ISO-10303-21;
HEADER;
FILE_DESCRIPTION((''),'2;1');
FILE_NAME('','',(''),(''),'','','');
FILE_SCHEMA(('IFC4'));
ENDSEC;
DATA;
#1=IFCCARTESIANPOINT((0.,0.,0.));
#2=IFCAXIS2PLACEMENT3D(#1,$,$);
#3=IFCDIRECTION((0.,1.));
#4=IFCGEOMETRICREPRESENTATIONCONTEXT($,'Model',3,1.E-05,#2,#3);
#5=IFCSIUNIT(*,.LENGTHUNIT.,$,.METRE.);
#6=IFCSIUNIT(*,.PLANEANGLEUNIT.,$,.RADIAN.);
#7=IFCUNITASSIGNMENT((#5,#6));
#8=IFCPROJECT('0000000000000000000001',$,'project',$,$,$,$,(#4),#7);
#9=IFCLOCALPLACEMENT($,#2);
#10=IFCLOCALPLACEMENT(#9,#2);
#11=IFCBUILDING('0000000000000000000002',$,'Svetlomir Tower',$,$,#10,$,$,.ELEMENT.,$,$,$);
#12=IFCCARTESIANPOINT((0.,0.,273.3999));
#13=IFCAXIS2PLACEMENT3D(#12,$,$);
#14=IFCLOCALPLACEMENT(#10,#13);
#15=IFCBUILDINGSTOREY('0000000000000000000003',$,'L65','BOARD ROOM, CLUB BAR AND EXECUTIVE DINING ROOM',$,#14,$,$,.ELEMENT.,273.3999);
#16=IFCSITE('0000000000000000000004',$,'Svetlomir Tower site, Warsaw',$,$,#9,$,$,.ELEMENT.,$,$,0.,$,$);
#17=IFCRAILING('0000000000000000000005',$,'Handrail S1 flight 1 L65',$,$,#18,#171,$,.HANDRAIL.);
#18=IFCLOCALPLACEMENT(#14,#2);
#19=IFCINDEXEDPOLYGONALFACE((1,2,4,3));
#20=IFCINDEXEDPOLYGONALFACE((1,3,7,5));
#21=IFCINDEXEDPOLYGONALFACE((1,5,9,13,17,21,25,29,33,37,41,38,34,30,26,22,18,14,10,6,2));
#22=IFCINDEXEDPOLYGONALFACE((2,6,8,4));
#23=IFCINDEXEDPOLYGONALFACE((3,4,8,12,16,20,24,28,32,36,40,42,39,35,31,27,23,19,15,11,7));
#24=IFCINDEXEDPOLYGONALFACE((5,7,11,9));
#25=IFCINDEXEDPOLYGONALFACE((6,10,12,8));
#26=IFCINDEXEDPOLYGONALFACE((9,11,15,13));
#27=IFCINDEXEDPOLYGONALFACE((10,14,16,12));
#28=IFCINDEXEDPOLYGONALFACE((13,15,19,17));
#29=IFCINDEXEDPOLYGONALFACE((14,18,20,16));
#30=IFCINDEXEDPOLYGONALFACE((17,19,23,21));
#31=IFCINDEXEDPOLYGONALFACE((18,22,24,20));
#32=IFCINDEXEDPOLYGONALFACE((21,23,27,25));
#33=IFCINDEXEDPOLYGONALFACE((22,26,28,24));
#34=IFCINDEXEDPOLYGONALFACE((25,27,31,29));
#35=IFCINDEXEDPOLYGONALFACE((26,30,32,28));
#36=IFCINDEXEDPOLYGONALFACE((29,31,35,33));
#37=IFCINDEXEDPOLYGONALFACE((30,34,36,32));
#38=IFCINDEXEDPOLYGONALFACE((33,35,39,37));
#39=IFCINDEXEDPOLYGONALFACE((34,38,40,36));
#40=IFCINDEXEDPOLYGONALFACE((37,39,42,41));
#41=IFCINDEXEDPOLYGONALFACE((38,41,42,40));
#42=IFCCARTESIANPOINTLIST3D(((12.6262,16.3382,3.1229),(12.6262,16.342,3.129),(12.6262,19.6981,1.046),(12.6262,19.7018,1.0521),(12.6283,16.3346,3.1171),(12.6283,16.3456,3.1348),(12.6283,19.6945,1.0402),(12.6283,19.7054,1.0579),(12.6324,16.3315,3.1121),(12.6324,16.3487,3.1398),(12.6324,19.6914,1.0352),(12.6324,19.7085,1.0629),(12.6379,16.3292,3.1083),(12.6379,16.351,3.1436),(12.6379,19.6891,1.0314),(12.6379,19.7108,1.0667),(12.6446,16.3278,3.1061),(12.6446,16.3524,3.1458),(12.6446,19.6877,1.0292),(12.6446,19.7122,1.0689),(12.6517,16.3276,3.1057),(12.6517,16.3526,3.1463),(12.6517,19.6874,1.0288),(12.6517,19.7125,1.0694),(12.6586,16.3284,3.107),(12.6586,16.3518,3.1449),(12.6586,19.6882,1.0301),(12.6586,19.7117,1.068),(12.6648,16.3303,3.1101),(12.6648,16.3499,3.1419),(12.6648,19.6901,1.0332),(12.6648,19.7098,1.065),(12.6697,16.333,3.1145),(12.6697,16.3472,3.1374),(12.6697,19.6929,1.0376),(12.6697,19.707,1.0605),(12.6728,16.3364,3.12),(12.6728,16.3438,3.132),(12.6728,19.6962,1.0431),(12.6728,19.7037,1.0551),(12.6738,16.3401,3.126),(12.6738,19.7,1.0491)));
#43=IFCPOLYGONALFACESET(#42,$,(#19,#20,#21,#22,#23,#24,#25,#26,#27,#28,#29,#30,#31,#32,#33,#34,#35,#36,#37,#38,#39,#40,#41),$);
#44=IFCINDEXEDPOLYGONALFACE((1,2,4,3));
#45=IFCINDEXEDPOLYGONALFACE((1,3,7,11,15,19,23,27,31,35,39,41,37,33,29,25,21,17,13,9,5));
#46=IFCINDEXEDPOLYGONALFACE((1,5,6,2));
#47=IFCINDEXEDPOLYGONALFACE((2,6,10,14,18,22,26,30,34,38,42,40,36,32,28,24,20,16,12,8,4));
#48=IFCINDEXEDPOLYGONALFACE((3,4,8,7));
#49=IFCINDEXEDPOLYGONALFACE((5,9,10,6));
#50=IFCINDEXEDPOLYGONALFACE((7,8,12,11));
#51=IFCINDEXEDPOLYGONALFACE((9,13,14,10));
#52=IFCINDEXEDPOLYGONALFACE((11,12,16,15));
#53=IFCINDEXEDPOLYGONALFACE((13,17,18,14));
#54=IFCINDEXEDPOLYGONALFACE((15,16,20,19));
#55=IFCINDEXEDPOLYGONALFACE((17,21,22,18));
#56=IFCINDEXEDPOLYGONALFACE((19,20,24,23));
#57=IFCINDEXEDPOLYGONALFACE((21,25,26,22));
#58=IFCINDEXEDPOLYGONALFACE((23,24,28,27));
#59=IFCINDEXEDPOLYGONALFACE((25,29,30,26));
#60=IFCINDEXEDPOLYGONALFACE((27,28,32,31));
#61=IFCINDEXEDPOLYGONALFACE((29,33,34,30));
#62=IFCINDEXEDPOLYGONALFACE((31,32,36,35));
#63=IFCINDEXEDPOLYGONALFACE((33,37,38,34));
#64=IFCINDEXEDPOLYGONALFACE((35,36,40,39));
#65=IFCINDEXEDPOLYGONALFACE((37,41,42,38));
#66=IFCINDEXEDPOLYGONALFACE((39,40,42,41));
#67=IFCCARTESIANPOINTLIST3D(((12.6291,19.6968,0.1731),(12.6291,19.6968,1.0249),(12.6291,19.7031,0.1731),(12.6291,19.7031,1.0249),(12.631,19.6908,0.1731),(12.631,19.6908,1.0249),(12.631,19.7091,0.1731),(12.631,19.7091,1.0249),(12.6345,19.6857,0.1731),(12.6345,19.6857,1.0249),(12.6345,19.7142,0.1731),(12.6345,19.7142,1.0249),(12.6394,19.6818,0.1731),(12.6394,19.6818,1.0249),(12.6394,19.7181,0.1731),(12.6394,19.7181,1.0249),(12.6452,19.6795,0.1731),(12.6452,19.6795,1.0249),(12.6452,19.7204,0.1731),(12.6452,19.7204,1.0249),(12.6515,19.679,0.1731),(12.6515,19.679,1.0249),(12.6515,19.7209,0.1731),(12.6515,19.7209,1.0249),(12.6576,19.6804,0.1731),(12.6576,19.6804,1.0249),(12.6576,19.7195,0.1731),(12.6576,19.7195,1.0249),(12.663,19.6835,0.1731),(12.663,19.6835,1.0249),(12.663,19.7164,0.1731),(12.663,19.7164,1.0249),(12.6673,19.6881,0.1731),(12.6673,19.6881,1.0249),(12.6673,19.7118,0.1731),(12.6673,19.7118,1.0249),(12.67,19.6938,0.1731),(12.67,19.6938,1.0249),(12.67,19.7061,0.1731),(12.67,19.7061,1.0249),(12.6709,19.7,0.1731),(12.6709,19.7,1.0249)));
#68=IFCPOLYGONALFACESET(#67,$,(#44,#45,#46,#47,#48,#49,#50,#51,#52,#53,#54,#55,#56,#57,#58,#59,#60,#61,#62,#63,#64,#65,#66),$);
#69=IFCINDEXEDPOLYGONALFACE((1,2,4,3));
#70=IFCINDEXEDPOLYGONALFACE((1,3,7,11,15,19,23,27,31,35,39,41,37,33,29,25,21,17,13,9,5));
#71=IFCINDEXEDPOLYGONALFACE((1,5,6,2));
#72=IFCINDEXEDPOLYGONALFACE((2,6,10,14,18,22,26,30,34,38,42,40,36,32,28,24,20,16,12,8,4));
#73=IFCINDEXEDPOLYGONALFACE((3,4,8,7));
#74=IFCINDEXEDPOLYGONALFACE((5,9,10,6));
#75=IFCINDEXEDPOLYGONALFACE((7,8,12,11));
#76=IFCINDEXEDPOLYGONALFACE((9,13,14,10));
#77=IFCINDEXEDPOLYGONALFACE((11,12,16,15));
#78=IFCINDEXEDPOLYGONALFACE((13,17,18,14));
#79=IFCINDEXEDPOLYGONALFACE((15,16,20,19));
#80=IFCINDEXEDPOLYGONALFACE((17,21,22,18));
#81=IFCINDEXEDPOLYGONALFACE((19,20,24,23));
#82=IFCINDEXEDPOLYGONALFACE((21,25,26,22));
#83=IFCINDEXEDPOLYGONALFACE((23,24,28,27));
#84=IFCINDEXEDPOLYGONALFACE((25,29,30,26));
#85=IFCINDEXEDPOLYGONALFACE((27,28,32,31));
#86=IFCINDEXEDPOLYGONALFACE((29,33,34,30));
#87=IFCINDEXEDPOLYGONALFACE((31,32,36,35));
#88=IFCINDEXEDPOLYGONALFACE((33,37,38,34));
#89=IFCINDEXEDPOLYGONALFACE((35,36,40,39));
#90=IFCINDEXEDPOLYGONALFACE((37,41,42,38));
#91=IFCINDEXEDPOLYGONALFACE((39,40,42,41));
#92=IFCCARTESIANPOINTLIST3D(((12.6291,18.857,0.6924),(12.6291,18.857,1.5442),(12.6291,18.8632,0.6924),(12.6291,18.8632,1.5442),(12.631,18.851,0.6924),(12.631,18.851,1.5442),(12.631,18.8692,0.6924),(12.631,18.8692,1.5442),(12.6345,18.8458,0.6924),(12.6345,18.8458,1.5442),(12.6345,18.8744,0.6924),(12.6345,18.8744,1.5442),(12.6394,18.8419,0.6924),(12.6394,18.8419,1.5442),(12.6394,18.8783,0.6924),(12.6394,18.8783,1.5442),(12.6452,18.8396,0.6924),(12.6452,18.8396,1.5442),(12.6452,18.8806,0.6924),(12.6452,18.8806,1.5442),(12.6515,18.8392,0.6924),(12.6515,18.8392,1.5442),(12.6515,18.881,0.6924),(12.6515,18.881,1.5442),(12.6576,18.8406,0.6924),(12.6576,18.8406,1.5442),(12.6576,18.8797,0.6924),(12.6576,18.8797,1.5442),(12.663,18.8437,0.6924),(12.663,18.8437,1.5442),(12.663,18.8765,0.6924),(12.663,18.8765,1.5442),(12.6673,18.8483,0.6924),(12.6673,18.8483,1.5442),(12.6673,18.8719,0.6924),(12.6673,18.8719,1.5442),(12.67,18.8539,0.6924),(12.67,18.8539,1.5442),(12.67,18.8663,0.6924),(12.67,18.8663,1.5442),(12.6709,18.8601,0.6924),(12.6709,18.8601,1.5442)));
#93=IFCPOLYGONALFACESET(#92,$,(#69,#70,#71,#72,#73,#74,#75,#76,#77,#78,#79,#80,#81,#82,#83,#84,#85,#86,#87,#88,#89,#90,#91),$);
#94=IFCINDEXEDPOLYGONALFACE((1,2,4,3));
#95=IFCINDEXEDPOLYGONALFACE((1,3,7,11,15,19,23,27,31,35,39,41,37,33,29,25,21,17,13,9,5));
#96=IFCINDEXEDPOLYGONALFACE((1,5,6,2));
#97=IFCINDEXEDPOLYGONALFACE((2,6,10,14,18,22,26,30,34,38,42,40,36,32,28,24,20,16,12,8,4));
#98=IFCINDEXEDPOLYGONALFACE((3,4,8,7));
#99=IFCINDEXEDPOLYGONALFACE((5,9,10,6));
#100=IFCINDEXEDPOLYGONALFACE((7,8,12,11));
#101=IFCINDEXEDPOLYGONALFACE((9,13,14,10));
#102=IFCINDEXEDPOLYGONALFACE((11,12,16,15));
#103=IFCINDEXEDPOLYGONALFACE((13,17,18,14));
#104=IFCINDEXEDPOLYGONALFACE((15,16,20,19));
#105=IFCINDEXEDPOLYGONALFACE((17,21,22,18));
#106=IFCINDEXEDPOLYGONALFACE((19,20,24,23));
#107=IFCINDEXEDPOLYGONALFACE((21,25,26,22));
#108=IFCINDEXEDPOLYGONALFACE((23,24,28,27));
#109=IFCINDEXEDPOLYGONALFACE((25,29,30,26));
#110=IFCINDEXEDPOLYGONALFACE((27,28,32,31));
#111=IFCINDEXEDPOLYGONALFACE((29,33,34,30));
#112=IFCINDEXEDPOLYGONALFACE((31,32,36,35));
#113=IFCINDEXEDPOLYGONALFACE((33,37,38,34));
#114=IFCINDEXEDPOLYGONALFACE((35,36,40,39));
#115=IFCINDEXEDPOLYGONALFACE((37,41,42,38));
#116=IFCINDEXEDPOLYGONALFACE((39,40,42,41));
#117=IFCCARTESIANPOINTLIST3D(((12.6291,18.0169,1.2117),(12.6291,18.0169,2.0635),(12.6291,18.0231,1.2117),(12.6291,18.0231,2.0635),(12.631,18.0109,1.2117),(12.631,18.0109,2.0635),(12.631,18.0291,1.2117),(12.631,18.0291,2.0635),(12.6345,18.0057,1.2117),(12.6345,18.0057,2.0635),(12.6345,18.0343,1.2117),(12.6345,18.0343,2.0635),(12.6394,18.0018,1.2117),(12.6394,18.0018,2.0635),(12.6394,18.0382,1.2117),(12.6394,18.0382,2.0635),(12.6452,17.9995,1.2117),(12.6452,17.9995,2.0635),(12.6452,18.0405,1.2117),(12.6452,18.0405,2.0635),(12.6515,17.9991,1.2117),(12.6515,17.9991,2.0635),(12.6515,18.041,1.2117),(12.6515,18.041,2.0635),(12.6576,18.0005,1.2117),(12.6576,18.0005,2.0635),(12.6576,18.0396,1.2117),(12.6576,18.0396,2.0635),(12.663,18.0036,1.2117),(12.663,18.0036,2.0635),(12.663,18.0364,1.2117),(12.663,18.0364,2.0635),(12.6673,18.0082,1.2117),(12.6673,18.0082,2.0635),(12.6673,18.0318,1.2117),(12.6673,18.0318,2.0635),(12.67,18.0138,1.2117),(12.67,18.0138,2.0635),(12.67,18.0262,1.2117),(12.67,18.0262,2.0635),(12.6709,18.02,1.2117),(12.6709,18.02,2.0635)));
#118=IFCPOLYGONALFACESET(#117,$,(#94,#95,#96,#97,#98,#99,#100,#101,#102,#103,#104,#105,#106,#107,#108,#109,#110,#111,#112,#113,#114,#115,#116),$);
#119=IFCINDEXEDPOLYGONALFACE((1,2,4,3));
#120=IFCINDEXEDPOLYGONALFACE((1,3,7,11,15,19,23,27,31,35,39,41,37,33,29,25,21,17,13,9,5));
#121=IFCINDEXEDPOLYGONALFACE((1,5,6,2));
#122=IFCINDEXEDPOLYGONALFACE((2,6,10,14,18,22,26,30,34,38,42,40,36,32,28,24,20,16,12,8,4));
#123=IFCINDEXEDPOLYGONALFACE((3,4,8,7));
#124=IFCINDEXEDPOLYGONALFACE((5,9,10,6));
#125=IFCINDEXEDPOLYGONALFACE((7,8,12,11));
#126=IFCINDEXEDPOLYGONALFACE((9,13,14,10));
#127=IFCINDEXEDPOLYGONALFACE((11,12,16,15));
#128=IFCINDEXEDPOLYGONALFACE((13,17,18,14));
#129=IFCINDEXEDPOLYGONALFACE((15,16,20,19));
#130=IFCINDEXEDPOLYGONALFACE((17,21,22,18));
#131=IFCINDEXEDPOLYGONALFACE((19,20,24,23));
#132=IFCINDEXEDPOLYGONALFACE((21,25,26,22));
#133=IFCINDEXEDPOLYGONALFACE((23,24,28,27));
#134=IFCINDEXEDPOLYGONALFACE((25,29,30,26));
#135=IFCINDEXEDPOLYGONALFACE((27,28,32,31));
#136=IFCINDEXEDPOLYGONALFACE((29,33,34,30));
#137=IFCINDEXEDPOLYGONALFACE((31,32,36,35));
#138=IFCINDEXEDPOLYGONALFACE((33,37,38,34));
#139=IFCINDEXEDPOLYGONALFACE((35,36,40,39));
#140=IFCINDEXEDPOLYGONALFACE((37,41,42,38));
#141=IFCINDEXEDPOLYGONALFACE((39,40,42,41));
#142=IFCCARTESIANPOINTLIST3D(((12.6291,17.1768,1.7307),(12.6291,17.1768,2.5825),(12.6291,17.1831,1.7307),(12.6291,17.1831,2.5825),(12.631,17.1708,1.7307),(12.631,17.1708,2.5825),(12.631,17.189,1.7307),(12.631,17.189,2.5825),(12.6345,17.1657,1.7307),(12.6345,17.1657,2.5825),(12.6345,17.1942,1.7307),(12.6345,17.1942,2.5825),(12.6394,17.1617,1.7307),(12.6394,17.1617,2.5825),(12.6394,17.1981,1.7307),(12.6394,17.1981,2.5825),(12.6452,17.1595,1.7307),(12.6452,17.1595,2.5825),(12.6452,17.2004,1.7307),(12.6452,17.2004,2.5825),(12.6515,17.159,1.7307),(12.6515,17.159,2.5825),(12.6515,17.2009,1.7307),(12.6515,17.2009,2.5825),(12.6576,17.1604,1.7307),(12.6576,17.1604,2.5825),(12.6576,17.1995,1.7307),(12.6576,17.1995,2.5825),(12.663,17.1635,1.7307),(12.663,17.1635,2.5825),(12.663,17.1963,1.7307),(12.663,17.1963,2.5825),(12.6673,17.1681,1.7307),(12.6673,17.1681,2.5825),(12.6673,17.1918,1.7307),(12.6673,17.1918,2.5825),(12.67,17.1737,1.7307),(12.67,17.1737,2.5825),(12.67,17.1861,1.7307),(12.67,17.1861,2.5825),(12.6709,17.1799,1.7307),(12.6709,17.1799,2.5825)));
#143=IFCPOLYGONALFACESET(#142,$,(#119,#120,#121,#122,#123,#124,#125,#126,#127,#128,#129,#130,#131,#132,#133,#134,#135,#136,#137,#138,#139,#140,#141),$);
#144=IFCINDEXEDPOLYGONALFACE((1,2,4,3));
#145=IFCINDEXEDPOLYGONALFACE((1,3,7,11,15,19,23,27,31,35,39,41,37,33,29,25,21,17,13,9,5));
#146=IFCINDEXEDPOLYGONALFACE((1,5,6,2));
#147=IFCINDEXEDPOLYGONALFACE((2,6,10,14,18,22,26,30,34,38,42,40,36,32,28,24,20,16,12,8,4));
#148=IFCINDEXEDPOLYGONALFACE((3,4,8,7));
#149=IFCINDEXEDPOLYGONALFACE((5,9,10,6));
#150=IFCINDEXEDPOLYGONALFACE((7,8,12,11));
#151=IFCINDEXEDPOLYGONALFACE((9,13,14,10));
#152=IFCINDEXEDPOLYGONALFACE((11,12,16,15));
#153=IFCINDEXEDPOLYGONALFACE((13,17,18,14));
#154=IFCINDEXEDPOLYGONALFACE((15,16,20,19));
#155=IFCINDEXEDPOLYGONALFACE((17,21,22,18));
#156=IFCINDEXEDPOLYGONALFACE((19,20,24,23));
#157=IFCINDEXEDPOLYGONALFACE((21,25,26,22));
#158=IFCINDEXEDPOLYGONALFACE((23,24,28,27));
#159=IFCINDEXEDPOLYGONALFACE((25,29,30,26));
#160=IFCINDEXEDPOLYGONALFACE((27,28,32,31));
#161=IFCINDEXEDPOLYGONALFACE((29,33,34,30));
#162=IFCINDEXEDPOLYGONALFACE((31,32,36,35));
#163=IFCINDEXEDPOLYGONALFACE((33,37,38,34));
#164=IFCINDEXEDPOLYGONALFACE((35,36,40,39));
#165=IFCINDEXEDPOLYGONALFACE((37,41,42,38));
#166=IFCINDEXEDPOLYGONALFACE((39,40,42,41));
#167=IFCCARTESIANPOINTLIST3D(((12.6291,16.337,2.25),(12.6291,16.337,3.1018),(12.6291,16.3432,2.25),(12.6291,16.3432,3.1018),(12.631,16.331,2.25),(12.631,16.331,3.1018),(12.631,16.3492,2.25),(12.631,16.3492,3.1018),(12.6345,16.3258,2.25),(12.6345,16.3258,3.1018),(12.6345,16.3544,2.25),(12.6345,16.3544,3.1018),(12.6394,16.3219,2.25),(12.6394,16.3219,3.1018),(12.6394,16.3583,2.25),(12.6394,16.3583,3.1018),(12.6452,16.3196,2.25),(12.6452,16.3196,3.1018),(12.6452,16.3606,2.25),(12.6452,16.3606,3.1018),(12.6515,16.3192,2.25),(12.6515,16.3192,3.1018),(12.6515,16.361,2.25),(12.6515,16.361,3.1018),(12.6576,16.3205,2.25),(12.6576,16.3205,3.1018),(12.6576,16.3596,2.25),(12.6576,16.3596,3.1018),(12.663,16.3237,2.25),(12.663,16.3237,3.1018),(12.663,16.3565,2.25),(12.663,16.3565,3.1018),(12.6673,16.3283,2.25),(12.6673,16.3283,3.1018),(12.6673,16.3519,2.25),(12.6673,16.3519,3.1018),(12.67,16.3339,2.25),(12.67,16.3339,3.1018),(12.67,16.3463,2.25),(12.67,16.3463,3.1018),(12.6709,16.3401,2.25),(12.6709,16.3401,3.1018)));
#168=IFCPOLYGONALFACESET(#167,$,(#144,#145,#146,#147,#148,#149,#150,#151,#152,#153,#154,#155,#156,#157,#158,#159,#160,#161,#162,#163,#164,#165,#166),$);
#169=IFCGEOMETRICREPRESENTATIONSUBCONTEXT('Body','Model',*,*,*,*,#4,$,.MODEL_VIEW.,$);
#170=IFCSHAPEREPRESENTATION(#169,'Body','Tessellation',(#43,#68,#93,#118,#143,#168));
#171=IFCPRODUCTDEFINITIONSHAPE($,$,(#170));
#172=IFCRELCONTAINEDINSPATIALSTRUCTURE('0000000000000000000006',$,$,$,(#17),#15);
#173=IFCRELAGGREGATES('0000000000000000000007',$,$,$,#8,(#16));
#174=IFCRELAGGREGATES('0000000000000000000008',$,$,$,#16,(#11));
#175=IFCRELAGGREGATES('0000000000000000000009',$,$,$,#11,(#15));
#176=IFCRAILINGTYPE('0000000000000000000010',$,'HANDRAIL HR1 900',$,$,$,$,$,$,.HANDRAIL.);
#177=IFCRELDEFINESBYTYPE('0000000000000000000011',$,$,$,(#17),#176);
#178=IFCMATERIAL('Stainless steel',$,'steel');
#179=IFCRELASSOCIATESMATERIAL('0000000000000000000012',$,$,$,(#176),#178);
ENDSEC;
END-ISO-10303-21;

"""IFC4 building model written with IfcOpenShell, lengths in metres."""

from ifc_helpers import new_model, si_unit, direction, frame, origin, origin_2d, place, context, subcontext, project, spatial, circle, extrude, material, type_object, element, save


model = new_model("IFC4")

# Units and contexts
model_context = context("Model", 3, precision=1e-05, world=origin(), true_north=direction((0.0, 1.0)))
body_context = subcontext(model_context, "Body", "Model", "MODEL_VIEW")
ifc_project = project(units=[si_unit("LENGTHUNIT", "METRE"), si_unit("PLANEANGLEUNIT", "RADIAN")], contexts=[model_context])

# Site, building, storey
site_placement = place(None, origin())
site = spatial("IfcSite", under=ifc_project, at=site_placement, Name="Svetlomir Tower site, Warsaw", CompositionType="ELEMENT", RefElevation=0.0)
building_placement = place(site_placement, origin())
building = spatial("IfcBuilding", under=site, at=building_placement, Name="Svetlomir Tower", CompositionType="ELEMENT")
storey_placement = place(building_placement, frame((0.0, 0.0, 273.3999)))
storey = spatial("IfcBuildingStorey", under=building, at=storey_placement, Name="L65", Description="BOARD ROOM, CLUB BAR AND EXECUTIVE DINING ROOM", CompositionType="ELEMENT", Elevation=273.3999)

# Railing
ifc_material_1 = material(Name="Stainless steel", Category="steel")
railing_type_1 = type_object("IfcRailingType", Name="HANDRAIL HR1 900", PredefinedType="HANDRAIL", material=ifc_material_1)
railing_1_placement = place(storey_placement, frame((12.6499, 19.7, 0.1731)))
element("IfcRailing", 1, at=railing_1_placement, inside=storey, type_object=railing_type_1, Name="Handrail S1 flight 1 L65", PredefinedType="HANDRAIL", context=body_context, shape_type="SweptSolid", body=[
    extrude(circle(Radius=0.0239, at=origin_2d()), frame((0.0, 0.0, 0.876), z_axis=(0.0, -0.850606, 0.525803), x_axis=(1.0, 0.0, 0.0)), (0.0, 0.0, 1.0), 3.95),
    extrude(circle(Radius=0.021, at=origin_2d()), origin(), (0.0, 0.0, 1.0), 0.8518),
    extrude(circle(Radius=0.021, at=origin_2d()), frame((0.0, -0.8398, 0.5193)), (0.0, 0.0, 1.0), 0.8518),
    extrude(circle(Radius=0.021, at=origin_2d()), frame((0.0, -1.6799, 1.0386)), (0.0, 0.0, 1.0), 0.8518),
    extrude(circle(Radius=0.021, at=origin_2d()), frame((0.0, -2.52, 1.5576)), (0.0, 0.0, 1.0), 0.8518),
    extrude(circle(Radius=0.021, at=origin_2d()), frame((0.0, -3.3599, 2.0769)), (0.0, 0.0, 1.0), 0.8518),
])

save(model, "model.ifc")
